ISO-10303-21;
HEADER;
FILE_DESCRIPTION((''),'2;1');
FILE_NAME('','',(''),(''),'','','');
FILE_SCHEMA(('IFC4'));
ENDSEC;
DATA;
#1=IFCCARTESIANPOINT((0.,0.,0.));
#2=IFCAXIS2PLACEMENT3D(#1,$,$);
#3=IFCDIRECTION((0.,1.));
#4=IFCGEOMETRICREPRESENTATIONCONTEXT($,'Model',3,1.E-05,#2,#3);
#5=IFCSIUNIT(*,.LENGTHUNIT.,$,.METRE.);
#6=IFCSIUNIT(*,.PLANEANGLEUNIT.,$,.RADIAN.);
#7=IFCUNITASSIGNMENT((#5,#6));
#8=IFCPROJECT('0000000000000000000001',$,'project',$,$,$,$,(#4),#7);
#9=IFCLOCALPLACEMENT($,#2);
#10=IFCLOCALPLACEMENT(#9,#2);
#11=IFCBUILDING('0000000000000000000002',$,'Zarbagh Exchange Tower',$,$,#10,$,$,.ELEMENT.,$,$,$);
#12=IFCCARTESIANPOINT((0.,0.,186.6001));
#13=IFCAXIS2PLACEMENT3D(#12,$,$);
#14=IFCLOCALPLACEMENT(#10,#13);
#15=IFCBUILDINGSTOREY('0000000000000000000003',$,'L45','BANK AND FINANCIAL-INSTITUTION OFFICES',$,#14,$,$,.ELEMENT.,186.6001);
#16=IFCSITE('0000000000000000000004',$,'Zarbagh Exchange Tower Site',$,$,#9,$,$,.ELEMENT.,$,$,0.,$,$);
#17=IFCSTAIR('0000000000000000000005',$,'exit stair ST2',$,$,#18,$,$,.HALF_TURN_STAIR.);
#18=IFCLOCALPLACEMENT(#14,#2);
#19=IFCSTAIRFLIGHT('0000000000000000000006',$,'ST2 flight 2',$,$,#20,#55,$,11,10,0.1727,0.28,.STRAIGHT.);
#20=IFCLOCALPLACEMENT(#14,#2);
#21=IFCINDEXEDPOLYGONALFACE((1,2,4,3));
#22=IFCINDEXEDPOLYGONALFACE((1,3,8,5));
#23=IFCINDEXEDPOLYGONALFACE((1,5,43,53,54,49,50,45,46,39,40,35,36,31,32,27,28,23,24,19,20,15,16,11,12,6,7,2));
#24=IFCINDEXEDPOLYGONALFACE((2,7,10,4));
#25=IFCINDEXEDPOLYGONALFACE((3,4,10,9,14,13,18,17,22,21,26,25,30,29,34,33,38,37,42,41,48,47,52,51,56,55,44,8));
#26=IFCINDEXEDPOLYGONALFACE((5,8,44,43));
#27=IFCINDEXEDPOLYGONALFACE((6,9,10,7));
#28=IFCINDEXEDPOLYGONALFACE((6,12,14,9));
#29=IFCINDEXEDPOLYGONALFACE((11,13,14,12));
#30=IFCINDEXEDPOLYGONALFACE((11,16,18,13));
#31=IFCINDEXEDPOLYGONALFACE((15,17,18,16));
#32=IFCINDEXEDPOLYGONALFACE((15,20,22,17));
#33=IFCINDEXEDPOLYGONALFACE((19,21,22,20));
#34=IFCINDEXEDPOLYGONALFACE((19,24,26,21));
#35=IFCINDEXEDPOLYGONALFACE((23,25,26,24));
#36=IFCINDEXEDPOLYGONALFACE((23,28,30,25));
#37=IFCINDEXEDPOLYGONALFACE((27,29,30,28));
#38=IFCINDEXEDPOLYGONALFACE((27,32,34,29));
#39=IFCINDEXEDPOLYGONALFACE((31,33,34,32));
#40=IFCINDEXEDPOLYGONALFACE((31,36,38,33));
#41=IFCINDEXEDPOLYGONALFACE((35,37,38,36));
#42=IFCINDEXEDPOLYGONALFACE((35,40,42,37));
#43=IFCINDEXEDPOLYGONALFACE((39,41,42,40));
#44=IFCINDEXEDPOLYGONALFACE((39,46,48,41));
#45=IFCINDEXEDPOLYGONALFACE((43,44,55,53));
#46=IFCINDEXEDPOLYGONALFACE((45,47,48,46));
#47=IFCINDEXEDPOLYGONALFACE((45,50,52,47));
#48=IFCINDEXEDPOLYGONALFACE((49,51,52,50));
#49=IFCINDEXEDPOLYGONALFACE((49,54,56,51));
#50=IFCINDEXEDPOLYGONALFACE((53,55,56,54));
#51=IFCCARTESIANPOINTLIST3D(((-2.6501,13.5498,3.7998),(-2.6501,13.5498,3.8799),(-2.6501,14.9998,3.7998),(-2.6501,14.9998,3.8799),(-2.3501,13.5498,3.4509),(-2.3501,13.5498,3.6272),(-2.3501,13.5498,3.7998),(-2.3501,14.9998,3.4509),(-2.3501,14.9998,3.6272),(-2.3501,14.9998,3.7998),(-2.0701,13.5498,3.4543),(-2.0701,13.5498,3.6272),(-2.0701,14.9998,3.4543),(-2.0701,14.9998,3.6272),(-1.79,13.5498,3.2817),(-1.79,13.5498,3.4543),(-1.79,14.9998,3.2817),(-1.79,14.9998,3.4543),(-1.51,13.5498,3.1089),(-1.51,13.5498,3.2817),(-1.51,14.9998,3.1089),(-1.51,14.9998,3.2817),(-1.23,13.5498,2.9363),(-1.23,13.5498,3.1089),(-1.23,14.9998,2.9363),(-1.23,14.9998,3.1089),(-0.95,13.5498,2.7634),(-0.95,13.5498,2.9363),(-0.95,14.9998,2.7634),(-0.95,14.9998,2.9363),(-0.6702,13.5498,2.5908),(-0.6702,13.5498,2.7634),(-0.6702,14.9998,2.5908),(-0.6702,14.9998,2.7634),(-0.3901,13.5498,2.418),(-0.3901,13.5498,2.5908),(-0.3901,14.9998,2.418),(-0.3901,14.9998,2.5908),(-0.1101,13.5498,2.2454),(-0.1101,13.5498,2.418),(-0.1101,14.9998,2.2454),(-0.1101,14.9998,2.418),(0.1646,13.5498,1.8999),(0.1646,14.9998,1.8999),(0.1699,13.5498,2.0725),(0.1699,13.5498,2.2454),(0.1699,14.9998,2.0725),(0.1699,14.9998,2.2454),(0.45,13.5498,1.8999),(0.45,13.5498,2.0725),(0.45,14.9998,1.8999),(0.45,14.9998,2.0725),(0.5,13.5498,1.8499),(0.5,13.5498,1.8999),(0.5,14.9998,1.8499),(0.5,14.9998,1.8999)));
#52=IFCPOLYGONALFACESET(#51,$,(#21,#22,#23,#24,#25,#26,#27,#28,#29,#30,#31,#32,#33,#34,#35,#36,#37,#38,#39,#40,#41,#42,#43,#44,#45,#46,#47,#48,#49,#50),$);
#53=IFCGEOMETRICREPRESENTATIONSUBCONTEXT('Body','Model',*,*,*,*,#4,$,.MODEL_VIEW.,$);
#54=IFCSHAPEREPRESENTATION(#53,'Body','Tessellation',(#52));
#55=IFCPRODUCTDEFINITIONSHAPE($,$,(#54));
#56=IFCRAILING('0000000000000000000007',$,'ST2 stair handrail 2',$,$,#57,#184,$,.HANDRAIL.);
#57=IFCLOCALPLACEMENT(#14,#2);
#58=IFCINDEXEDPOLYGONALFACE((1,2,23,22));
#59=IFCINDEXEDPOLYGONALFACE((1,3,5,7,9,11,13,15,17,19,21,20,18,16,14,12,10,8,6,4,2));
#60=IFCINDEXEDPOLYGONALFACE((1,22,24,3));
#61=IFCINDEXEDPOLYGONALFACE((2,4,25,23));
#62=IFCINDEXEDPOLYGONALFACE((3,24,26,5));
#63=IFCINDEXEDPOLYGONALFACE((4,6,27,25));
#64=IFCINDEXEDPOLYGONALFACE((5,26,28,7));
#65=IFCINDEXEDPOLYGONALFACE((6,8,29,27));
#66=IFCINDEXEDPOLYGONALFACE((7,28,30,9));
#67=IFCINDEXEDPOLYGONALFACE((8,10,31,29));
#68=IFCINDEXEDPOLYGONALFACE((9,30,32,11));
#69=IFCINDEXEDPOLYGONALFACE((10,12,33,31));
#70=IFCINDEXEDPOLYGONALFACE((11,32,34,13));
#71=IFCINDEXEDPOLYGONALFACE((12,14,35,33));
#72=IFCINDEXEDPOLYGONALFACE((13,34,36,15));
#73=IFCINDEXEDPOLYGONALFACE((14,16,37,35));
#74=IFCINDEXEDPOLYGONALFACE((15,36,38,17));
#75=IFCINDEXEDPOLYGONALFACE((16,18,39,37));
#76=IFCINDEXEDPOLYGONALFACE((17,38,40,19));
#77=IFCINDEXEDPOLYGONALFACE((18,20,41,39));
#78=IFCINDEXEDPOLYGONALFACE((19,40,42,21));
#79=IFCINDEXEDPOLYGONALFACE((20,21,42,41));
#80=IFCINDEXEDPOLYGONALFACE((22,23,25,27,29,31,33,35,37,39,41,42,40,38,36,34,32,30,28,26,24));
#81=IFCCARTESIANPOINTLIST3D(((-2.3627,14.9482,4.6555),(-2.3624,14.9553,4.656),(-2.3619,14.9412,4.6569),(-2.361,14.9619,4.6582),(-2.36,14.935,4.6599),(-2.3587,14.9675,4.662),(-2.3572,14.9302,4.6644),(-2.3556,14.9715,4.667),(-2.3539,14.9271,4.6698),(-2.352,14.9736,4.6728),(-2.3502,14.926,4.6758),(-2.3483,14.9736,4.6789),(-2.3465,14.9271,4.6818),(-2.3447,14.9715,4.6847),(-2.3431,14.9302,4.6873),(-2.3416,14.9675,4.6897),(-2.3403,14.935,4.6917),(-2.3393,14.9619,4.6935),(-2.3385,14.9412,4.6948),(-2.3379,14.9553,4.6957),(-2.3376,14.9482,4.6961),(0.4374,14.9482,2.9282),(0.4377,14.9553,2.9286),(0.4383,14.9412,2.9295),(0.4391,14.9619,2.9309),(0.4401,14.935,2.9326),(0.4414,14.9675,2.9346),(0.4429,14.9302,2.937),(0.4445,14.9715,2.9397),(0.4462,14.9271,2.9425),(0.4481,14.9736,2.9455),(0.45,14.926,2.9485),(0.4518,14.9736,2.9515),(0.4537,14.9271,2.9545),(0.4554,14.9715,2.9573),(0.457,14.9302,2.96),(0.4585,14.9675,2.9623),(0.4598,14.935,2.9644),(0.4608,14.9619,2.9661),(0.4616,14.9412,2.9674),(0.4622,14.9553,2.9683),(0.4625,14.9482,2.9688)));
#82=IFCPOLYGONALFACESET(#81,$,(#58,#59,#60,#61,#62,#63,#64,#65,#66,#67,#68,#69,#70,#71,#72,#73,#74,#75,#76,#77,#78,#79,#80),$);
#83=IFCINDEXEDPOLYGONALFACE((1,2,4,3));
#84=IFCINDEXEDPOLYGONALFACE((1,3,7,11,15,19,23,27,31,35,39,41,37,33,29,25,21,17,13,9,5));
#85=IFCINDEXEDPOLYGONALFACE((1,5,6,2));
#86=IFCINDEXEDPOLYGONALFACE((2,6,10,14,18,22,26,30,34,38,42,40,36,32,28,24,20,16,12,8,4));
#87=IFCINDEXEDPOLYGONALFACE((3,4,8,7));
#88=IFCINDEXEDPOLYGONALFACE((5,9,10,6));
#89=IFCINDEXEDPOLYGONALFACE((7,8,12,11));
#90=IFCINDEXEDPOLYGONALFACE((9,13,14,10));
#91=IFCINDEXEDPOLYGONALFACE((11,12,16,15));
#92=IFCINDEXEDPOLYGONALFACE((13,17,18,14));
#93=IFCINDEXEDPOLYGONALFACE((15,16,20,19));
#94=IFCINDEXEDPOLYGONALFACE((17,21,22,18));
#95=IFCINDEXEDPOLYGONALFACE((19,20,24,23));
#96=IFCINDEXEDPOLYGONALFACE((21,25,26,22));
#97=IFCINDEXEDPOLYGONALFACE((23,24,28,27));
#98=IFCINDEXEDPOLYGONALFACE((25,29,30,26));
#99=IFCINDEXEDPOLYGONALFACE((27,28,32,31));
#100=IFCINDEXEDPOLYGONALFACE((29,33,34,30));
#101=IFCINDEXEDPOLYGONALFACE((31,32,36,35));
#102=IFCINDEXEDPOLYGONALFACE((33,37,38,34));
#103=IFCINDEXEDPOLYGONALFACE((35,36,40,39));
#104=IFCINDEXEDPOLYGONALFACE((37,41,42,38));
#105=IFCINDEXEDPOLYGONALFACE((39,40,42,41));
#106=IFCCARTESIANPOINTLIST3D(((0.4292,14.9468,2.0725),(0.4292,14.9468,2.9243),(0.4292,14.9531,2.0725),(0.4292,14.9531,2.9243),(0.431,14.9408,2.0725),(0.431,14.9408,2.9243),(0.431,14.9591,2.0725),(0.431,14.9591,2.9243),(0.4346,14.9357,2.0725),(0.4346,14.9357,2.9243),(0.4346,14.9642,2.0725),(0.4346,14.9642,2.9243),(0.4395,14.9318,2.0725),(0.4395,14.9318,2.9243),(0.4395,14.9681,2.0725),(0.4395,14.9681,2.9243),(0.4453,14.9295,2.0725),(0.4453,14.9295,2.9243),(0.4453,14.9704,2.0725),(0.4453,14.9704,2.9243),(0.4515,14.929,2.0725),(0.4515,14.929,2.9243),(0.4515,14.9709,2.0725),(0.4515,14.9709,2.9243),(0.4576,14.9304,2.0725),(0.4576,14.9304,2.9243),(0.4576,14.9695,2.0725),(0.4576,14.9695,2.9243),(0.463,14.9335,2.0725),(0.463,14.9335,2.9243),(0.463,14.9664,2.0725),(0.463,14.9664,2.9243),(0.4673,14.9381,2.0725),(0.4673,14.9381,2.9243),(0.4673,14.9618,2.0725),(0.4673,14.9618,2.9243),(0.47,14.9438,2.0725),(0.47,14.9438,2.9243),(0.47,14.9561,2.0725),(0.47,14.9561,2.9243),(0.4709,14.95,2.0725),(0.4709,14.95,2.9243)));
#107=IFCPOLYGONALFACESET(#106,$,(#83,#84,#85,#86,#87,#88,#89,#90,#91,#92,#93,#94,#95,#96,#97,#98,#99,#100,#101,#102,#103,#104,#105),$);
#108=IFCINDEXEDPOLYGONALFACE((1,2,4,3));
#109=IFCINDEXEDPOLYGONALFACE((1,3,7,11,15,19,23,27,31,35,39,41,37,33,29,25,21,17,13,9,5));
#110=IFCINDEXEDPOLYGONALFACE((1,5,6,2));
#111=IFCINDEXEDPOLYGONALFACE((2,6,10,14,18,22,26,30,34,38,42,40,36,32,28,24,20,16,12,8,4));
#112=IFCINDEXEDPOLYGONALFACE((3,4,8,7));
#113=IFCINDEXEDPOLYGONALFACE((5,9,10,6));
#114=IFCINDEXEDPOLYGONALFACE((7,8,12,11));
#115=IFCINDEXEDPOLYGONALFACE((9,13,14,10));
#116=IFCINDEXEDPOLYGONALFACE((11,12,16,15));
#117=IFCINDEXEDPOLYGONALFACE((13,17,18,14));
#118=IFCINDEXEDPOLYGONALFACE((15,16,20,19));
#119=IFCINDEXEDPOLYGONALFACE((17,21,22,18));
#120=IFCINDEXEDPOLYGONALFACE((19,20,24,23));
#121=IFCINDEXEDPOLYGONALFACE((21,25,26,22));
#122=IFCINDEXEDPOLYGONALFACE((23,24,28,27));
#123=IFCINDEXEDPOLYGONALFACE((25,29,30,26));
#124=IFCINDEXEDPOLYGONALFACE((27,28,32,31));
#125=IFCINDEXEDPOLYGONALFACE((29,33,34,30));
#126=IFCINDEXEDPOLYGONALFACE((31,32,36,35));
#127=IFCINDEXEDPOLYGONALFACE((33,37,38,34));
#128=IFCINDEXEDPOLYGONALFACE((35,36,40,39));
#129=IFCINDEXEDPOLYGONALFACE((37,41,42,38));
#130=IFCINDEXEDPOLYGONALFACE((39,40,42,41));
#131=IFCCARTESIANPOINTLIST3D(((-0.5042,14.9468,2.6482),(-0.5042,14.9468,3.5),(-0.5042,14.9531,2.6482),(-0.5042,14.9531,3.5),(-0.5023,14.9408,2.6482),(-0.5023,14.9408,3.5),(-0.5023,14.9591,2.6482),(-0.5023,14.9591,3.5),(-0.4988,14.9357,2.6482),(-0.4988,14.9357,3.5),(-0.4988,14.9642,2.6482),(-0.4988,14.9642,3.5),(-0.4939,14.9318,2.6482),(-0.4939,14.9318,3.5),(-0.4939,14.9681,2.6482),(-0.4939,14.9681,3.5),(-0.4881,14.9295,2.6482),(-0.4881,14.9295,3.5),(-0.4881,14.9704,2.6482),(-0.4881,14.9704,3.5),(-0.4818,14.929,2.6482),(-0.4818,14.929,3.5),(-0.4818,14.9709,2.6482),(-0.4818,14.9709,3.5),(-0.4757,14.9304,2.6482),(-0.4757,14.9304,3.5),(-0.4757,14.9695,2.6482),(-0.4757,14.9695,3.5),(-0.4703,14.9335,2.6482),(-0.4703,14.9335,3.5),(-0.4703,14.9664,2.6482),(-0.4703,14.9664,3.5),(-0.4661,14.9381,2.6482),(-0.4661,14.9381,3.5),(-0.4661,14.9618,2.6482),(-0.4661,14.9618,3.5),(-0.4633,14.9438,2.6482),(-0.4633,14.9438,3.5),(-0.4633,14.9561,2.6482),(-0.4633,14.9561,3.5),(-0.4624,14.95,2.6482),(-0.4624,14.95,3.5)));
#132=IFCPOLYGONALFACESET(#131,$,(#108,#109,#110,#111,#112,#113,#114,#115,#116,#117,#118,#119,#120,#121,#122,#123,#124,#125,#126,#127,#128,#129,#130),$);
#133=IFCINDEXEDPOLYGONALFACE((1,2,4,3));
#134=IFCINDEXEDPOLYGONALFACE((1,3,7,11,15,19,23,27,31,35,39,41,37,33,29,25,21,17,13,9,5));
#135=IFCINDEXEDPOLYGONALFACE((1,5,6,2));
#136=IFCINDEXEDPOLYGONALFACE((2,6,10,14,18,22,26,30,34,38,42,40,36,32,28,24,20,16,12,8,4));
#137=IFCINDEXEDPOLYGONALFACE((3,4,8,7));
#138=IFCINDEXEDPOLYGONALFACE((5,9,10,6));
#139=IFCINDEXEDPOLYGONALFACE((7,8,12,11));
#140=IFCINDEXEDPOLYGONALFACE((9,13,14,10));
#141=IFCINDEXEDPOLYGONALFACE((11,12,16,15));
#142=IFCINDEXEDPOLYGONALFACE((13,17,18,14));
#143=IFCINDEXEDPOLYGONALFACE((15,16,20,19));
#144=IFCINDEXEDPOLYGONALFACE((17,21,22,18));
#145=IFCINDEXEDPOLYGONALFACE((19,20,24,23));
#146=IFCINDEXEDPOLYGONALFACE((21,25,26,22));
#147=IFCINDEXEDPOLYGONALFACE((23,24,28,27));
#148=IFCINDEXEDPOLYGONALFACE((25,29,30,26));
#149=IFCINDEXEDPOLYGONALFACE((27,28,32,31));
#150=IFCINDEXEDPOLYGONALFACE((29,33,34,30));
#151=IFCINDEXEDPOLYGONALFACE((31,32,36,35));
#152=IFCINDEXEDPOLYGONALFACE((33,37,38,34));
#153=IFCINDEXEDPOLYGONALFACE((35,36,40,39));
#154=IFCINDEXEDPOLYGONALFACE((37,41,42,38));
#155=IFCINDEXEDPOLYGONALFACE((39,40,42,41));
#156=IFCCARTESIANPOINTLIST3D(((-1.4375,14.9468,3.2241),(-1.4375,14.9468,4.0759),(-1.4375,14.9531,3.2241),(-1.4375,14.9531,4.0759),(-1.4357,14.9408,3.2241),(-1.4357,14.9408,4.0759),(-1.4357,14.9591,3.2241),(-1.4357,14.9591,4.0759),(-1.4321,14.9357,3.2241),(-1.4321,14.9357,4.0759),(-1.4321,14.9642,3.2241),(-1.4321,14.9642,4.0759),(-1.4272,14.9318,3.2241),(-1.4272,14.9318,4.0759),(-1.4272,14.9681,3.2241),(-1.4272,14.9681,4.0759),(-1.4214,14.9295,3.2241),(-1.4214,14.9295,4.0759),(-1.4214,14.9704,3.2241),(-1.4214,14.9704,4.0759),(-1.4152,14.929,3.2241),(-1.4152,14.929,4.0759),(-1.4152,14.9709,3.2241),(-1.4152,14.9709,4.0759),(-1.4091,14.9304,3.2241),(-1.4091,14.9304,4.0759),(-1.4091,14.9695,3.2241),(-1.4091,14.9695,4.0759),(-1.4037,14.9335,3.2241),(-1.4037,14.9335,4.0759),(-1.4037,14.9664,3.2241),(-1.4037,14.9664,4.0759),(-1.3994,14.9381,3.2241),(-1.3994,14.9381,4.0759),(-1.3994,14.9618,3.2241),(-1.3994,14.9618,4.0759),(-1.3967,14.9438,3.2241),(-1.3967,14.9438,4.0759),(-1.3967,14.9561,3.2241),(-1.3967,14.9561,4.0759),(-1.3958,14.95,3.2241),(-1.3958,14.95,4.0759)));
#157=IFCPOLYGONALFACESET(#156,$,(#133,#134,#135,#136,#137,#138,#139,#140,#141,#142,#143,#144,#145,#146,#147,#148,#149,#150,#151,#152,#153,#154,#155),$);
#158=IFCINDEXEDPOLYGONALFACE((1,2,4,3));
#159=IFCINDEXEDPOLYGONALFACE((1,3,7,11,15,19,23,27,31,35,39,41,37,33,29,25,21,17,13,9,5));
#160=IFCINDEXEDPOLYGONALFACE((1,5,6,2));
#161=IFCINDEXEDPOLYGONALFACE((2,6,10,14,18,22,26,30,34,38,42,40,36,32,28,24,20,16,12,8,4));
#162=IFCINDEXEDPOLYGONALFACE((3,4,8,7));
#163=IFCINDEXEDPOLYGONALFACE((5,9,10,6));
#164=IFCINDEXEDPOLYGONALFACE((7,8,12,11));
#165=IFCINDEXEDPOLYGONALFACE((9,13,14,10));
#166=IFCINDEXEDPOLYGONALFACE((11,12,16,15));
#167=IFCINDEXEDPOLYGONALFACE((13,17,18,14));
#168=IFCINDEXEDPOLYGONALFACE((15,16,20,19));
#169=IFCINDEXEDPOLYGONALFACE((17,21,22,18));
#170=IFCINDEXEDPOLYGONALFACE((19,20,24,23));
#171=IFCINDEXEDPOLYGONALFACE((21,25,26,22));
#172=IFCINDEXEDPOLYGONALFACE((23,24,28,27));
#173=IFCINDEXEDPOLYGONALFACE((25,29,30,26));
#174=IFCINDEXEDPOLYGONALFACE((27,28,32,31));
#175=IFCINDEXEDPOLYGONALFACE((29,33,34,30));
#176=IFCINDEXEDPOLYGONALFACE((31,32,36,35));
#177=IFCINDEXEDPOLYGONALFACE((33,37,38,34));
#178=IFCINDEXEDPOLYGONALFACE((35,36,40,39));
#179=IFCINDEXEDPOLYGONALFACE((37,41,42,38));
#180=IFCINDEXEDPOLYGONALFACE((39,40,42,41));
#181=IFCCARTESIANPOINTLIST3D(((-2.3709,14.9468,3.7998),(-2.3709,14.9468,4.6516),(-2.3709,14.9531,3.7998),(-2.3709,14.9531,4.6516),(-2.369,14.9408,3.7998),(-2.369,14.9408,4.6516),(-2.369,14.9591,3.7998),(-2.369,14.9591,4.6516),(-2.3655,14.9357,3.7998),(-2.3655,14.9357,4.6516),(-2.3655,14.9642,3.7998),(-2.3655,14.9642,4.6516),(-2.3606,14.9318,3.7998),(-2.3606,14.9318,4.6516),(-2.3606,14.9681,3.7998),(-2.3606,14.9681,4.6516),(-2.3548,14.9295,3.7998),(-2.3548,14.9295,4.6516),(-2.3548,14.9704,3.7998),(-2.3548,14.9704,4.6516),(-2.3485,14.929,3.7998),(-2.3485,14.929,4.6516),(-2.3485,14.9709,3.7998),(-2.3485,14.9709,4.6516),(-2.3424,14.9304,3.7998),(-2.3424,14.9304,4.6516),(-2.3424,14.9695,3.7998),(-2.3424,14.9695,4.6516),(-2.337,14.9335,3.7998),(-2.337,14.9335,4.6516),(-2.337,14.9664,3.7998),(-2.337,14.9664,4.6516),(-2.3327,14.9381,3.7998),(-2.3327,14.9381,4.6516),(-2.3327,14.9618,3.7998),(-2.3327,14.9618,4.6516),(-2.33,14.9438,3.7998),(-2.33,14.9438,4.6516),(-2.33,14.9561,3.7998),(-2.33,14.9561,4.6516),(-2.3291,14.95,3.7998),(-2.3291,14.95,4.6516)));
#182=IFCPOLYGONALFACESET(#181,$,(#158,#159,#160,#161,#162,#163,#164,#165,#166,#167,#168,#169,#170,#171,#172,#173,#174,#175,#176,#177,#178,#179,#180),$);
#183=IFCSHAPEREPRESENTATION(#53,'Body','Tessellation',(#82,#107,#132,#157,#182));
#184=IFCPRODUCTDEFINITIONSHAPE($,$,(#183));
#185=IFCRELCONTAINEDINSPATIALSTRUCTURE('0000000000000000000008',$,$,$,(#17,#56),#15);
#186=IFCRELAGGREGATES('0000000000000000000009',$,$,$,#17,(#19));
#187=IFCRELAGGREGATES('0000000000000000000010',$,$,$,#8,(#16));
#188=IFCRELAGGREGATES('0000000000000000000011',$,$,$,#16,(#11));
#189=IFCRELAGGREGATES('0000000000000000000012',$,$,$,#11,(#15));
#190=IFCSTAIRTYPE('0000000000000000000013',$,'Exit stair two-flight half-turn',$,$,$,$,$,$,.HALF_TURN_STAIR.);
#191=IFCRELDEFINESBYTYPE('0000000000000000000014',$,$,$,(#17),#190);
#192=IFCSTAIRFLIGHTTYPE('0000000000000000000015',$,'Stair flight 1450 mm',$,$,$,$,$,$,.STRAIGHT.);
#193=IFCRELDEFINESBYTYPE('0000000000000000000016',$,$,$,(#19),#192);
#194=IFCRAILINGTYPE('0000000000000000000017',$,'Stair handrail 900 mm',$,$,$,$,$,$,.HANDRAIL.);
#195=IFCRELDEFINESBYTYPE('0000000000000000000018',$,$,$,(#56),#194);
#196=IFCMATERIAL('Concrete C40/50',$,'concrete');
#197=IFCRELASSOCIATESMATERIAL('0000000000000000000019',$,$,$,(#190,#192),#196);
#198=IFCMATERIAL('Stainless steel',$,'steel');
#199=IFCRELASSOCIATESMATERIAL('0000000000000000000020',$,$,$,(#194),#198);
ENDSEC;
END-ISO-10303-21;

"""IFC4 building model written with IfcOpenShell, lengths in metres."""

from ifc_helpers import new_model, si_unit, direction, frame, origin, origin_2d, place, context, subcontext, project, spatial, polyline, circle, outline, extrude, material, type_object, element, aggregate, save


model = new_model("IFC4")

# Units and contexts
model_context = context("Model", 3, precision=1e-05, world=origin(), true_north=direction((0.0, 1.0)))
body_context = subcontext(model_context, "Body", "Model", "MODEL_VIEW")
ifc_project = project(units=[si_unit("LENGTHUNIT", "METRE"), si_unit("PLANEANGLEUNIT", "RADIAN")], contexts=[model_context])

# Site, building, storey
site_placement = place(None, origin())
site = spatial("IfcSite", under=ifc_project, at=site_placement, Name="Zarbagh Exchange Tower Site", CompositionType="ELEMENT", RefElevation=0.0)
building_placement = place(site_placement, origin())
building = spatial("IfcBuilding", under=site, at=building_placement, Name="Zarbagh Exchange Tower", CompositionType="ELEMENT")
storey_placement = place(building_placement, frame((0.0, 0.0, 186.6001)))
storey = spatial("IfcBuildingStorey", under=building, at=storey_placement, Name="L45", Description="BANK AND FINANCIAL-INSTITUTION OFFICES", CompositionType="ELEMENT", Elevation=186.6001)

# Stair
ifc_material_1 = material(Name="Concrete C40/50", Category="concrete")
stair_type = type_object("IfcStairType", Name="Exit stair two-flight half-turn", PredefinedType="HALF_TURN_STAIR", material=ifc_material_1)
stair_1_placement = place(storey_placement, origin())
stair_1 = element("IfcStair", 1, at=stair_1_placement, inside=storey, type_object=stair_type, Name="exit stair ST2", PredefinedType="HALF_TURN_STAIR")

# Shared definitions
ifc_material_2 = material(Name="Stainless steel", Category="steel")

# Stair flight
stair_flight_type = type_object("IfcStairFlightType", Name="Stair flight 1450 mm", PredefinedType="STRAIGHT", material=ifc_material_1)
stair_flight_placement = place(storey_placement, frame((0.45, 14.2749, 1.8999), z_axis=(0.0, 0.0, 1.0), x_axis=(-1.0, 0.0, 0.0)))
stair_flight = element("IfcStairFlight", 2, at=stair_flight_placement, type_object=stair_flight_type, Name="ST2 flight 2", NumberOfRisers=11, NumberOfTreads=10, PredefinedType="STRAIGHT", RiserHeight=0.1727, TreadLength=0.28, context=body_context, shape_type="SweptSolid", body=[
    extrude(outline(polyline([(-0.05, -0.05), (-0.05, 0.0), (0.0, 0.0), (0.0, 0.1726), (0.28, 0.1726), (0.28, 0.3455), (0.5601, 0.3455), (0.5601, 0.5181), (0.8401, 0.5181), (0.8401, 0.6909), (1.1201, 0.6909), (1.1201, 0.8635), (1.3999, 0.8635), (1.3999, 1.0364), (1.6799, 1.0364), (1.6799, 1.209), (1.96, 1.209), (1.96, 1.3818), (2.24, 1.3818), (2.24, 1.5544), (2.52, 1.5544), (2.52, 1.7273), (2.8, 1.7273), (2.8, 1.8999), (3.1001, 1.98), (3.1001, 1.8999), (2.8, 1.551), (0.2854, 0.0), (-0.05, -0.05)])), frame((0.0, 0.7251, 0.0), z_axis=(0.0, -1.0, 0.0), x_axis=(1.0, 0.0, 0.0)), (0.0, 0.0, 1.0), 1.45),
])
aggregate(stair_1, [stair_flight])

# Railing
railing_type_1 = type_object("IfcRailingType", Name="Stair handrail 900 mm", PredefinedType="HANDRAIL", material=ifc_material_2)
railing_1_placement = place(storey_placement, frame((0.45, 14.95, 2.0725)))
element("IfcRailing", 3, at=railing_1_placement, inside=storey, type_object=railing_type_1, Name="ST2 stair handrail 2", PredefinedType="HANDRAIL", context=body_context, shape_type="SweptSolid", body=[
    extrude(circle(Radius=0.0239, at=origin_2d()), frame((0.0, 0.0, 0.876), z_axis=(-0.85109, 0.0, 0.52502), x_axis=(0.0, -1.0, 0.0)), (0.0, 0.0, 1.0), 3.29),
    extrude(circle(Radius=0.021, at=origin_2d()), origin(), (0.0, 0.0, 1.0), 0.8518),
    extrude(circle(Radius=0.021, at=origin_2d()), frame((-0.9333, 0.0, 0.5757)), (0.0, 0.0, 1.0), 0.8518),
    extrude(circle(Radius=0.021, at=origin_2d()), frame((-1.8667, 0.0, 1.1516)), (0.0, 0.0, 1.0), 0.8518),
    extrude(circle(Radius=0.021, at=origin_2d()), frame((-2.8, 0.0, 1.7273)), (0.0, 0.0, 1.0), 0.8518),
])

save(model, "model.ifc")
